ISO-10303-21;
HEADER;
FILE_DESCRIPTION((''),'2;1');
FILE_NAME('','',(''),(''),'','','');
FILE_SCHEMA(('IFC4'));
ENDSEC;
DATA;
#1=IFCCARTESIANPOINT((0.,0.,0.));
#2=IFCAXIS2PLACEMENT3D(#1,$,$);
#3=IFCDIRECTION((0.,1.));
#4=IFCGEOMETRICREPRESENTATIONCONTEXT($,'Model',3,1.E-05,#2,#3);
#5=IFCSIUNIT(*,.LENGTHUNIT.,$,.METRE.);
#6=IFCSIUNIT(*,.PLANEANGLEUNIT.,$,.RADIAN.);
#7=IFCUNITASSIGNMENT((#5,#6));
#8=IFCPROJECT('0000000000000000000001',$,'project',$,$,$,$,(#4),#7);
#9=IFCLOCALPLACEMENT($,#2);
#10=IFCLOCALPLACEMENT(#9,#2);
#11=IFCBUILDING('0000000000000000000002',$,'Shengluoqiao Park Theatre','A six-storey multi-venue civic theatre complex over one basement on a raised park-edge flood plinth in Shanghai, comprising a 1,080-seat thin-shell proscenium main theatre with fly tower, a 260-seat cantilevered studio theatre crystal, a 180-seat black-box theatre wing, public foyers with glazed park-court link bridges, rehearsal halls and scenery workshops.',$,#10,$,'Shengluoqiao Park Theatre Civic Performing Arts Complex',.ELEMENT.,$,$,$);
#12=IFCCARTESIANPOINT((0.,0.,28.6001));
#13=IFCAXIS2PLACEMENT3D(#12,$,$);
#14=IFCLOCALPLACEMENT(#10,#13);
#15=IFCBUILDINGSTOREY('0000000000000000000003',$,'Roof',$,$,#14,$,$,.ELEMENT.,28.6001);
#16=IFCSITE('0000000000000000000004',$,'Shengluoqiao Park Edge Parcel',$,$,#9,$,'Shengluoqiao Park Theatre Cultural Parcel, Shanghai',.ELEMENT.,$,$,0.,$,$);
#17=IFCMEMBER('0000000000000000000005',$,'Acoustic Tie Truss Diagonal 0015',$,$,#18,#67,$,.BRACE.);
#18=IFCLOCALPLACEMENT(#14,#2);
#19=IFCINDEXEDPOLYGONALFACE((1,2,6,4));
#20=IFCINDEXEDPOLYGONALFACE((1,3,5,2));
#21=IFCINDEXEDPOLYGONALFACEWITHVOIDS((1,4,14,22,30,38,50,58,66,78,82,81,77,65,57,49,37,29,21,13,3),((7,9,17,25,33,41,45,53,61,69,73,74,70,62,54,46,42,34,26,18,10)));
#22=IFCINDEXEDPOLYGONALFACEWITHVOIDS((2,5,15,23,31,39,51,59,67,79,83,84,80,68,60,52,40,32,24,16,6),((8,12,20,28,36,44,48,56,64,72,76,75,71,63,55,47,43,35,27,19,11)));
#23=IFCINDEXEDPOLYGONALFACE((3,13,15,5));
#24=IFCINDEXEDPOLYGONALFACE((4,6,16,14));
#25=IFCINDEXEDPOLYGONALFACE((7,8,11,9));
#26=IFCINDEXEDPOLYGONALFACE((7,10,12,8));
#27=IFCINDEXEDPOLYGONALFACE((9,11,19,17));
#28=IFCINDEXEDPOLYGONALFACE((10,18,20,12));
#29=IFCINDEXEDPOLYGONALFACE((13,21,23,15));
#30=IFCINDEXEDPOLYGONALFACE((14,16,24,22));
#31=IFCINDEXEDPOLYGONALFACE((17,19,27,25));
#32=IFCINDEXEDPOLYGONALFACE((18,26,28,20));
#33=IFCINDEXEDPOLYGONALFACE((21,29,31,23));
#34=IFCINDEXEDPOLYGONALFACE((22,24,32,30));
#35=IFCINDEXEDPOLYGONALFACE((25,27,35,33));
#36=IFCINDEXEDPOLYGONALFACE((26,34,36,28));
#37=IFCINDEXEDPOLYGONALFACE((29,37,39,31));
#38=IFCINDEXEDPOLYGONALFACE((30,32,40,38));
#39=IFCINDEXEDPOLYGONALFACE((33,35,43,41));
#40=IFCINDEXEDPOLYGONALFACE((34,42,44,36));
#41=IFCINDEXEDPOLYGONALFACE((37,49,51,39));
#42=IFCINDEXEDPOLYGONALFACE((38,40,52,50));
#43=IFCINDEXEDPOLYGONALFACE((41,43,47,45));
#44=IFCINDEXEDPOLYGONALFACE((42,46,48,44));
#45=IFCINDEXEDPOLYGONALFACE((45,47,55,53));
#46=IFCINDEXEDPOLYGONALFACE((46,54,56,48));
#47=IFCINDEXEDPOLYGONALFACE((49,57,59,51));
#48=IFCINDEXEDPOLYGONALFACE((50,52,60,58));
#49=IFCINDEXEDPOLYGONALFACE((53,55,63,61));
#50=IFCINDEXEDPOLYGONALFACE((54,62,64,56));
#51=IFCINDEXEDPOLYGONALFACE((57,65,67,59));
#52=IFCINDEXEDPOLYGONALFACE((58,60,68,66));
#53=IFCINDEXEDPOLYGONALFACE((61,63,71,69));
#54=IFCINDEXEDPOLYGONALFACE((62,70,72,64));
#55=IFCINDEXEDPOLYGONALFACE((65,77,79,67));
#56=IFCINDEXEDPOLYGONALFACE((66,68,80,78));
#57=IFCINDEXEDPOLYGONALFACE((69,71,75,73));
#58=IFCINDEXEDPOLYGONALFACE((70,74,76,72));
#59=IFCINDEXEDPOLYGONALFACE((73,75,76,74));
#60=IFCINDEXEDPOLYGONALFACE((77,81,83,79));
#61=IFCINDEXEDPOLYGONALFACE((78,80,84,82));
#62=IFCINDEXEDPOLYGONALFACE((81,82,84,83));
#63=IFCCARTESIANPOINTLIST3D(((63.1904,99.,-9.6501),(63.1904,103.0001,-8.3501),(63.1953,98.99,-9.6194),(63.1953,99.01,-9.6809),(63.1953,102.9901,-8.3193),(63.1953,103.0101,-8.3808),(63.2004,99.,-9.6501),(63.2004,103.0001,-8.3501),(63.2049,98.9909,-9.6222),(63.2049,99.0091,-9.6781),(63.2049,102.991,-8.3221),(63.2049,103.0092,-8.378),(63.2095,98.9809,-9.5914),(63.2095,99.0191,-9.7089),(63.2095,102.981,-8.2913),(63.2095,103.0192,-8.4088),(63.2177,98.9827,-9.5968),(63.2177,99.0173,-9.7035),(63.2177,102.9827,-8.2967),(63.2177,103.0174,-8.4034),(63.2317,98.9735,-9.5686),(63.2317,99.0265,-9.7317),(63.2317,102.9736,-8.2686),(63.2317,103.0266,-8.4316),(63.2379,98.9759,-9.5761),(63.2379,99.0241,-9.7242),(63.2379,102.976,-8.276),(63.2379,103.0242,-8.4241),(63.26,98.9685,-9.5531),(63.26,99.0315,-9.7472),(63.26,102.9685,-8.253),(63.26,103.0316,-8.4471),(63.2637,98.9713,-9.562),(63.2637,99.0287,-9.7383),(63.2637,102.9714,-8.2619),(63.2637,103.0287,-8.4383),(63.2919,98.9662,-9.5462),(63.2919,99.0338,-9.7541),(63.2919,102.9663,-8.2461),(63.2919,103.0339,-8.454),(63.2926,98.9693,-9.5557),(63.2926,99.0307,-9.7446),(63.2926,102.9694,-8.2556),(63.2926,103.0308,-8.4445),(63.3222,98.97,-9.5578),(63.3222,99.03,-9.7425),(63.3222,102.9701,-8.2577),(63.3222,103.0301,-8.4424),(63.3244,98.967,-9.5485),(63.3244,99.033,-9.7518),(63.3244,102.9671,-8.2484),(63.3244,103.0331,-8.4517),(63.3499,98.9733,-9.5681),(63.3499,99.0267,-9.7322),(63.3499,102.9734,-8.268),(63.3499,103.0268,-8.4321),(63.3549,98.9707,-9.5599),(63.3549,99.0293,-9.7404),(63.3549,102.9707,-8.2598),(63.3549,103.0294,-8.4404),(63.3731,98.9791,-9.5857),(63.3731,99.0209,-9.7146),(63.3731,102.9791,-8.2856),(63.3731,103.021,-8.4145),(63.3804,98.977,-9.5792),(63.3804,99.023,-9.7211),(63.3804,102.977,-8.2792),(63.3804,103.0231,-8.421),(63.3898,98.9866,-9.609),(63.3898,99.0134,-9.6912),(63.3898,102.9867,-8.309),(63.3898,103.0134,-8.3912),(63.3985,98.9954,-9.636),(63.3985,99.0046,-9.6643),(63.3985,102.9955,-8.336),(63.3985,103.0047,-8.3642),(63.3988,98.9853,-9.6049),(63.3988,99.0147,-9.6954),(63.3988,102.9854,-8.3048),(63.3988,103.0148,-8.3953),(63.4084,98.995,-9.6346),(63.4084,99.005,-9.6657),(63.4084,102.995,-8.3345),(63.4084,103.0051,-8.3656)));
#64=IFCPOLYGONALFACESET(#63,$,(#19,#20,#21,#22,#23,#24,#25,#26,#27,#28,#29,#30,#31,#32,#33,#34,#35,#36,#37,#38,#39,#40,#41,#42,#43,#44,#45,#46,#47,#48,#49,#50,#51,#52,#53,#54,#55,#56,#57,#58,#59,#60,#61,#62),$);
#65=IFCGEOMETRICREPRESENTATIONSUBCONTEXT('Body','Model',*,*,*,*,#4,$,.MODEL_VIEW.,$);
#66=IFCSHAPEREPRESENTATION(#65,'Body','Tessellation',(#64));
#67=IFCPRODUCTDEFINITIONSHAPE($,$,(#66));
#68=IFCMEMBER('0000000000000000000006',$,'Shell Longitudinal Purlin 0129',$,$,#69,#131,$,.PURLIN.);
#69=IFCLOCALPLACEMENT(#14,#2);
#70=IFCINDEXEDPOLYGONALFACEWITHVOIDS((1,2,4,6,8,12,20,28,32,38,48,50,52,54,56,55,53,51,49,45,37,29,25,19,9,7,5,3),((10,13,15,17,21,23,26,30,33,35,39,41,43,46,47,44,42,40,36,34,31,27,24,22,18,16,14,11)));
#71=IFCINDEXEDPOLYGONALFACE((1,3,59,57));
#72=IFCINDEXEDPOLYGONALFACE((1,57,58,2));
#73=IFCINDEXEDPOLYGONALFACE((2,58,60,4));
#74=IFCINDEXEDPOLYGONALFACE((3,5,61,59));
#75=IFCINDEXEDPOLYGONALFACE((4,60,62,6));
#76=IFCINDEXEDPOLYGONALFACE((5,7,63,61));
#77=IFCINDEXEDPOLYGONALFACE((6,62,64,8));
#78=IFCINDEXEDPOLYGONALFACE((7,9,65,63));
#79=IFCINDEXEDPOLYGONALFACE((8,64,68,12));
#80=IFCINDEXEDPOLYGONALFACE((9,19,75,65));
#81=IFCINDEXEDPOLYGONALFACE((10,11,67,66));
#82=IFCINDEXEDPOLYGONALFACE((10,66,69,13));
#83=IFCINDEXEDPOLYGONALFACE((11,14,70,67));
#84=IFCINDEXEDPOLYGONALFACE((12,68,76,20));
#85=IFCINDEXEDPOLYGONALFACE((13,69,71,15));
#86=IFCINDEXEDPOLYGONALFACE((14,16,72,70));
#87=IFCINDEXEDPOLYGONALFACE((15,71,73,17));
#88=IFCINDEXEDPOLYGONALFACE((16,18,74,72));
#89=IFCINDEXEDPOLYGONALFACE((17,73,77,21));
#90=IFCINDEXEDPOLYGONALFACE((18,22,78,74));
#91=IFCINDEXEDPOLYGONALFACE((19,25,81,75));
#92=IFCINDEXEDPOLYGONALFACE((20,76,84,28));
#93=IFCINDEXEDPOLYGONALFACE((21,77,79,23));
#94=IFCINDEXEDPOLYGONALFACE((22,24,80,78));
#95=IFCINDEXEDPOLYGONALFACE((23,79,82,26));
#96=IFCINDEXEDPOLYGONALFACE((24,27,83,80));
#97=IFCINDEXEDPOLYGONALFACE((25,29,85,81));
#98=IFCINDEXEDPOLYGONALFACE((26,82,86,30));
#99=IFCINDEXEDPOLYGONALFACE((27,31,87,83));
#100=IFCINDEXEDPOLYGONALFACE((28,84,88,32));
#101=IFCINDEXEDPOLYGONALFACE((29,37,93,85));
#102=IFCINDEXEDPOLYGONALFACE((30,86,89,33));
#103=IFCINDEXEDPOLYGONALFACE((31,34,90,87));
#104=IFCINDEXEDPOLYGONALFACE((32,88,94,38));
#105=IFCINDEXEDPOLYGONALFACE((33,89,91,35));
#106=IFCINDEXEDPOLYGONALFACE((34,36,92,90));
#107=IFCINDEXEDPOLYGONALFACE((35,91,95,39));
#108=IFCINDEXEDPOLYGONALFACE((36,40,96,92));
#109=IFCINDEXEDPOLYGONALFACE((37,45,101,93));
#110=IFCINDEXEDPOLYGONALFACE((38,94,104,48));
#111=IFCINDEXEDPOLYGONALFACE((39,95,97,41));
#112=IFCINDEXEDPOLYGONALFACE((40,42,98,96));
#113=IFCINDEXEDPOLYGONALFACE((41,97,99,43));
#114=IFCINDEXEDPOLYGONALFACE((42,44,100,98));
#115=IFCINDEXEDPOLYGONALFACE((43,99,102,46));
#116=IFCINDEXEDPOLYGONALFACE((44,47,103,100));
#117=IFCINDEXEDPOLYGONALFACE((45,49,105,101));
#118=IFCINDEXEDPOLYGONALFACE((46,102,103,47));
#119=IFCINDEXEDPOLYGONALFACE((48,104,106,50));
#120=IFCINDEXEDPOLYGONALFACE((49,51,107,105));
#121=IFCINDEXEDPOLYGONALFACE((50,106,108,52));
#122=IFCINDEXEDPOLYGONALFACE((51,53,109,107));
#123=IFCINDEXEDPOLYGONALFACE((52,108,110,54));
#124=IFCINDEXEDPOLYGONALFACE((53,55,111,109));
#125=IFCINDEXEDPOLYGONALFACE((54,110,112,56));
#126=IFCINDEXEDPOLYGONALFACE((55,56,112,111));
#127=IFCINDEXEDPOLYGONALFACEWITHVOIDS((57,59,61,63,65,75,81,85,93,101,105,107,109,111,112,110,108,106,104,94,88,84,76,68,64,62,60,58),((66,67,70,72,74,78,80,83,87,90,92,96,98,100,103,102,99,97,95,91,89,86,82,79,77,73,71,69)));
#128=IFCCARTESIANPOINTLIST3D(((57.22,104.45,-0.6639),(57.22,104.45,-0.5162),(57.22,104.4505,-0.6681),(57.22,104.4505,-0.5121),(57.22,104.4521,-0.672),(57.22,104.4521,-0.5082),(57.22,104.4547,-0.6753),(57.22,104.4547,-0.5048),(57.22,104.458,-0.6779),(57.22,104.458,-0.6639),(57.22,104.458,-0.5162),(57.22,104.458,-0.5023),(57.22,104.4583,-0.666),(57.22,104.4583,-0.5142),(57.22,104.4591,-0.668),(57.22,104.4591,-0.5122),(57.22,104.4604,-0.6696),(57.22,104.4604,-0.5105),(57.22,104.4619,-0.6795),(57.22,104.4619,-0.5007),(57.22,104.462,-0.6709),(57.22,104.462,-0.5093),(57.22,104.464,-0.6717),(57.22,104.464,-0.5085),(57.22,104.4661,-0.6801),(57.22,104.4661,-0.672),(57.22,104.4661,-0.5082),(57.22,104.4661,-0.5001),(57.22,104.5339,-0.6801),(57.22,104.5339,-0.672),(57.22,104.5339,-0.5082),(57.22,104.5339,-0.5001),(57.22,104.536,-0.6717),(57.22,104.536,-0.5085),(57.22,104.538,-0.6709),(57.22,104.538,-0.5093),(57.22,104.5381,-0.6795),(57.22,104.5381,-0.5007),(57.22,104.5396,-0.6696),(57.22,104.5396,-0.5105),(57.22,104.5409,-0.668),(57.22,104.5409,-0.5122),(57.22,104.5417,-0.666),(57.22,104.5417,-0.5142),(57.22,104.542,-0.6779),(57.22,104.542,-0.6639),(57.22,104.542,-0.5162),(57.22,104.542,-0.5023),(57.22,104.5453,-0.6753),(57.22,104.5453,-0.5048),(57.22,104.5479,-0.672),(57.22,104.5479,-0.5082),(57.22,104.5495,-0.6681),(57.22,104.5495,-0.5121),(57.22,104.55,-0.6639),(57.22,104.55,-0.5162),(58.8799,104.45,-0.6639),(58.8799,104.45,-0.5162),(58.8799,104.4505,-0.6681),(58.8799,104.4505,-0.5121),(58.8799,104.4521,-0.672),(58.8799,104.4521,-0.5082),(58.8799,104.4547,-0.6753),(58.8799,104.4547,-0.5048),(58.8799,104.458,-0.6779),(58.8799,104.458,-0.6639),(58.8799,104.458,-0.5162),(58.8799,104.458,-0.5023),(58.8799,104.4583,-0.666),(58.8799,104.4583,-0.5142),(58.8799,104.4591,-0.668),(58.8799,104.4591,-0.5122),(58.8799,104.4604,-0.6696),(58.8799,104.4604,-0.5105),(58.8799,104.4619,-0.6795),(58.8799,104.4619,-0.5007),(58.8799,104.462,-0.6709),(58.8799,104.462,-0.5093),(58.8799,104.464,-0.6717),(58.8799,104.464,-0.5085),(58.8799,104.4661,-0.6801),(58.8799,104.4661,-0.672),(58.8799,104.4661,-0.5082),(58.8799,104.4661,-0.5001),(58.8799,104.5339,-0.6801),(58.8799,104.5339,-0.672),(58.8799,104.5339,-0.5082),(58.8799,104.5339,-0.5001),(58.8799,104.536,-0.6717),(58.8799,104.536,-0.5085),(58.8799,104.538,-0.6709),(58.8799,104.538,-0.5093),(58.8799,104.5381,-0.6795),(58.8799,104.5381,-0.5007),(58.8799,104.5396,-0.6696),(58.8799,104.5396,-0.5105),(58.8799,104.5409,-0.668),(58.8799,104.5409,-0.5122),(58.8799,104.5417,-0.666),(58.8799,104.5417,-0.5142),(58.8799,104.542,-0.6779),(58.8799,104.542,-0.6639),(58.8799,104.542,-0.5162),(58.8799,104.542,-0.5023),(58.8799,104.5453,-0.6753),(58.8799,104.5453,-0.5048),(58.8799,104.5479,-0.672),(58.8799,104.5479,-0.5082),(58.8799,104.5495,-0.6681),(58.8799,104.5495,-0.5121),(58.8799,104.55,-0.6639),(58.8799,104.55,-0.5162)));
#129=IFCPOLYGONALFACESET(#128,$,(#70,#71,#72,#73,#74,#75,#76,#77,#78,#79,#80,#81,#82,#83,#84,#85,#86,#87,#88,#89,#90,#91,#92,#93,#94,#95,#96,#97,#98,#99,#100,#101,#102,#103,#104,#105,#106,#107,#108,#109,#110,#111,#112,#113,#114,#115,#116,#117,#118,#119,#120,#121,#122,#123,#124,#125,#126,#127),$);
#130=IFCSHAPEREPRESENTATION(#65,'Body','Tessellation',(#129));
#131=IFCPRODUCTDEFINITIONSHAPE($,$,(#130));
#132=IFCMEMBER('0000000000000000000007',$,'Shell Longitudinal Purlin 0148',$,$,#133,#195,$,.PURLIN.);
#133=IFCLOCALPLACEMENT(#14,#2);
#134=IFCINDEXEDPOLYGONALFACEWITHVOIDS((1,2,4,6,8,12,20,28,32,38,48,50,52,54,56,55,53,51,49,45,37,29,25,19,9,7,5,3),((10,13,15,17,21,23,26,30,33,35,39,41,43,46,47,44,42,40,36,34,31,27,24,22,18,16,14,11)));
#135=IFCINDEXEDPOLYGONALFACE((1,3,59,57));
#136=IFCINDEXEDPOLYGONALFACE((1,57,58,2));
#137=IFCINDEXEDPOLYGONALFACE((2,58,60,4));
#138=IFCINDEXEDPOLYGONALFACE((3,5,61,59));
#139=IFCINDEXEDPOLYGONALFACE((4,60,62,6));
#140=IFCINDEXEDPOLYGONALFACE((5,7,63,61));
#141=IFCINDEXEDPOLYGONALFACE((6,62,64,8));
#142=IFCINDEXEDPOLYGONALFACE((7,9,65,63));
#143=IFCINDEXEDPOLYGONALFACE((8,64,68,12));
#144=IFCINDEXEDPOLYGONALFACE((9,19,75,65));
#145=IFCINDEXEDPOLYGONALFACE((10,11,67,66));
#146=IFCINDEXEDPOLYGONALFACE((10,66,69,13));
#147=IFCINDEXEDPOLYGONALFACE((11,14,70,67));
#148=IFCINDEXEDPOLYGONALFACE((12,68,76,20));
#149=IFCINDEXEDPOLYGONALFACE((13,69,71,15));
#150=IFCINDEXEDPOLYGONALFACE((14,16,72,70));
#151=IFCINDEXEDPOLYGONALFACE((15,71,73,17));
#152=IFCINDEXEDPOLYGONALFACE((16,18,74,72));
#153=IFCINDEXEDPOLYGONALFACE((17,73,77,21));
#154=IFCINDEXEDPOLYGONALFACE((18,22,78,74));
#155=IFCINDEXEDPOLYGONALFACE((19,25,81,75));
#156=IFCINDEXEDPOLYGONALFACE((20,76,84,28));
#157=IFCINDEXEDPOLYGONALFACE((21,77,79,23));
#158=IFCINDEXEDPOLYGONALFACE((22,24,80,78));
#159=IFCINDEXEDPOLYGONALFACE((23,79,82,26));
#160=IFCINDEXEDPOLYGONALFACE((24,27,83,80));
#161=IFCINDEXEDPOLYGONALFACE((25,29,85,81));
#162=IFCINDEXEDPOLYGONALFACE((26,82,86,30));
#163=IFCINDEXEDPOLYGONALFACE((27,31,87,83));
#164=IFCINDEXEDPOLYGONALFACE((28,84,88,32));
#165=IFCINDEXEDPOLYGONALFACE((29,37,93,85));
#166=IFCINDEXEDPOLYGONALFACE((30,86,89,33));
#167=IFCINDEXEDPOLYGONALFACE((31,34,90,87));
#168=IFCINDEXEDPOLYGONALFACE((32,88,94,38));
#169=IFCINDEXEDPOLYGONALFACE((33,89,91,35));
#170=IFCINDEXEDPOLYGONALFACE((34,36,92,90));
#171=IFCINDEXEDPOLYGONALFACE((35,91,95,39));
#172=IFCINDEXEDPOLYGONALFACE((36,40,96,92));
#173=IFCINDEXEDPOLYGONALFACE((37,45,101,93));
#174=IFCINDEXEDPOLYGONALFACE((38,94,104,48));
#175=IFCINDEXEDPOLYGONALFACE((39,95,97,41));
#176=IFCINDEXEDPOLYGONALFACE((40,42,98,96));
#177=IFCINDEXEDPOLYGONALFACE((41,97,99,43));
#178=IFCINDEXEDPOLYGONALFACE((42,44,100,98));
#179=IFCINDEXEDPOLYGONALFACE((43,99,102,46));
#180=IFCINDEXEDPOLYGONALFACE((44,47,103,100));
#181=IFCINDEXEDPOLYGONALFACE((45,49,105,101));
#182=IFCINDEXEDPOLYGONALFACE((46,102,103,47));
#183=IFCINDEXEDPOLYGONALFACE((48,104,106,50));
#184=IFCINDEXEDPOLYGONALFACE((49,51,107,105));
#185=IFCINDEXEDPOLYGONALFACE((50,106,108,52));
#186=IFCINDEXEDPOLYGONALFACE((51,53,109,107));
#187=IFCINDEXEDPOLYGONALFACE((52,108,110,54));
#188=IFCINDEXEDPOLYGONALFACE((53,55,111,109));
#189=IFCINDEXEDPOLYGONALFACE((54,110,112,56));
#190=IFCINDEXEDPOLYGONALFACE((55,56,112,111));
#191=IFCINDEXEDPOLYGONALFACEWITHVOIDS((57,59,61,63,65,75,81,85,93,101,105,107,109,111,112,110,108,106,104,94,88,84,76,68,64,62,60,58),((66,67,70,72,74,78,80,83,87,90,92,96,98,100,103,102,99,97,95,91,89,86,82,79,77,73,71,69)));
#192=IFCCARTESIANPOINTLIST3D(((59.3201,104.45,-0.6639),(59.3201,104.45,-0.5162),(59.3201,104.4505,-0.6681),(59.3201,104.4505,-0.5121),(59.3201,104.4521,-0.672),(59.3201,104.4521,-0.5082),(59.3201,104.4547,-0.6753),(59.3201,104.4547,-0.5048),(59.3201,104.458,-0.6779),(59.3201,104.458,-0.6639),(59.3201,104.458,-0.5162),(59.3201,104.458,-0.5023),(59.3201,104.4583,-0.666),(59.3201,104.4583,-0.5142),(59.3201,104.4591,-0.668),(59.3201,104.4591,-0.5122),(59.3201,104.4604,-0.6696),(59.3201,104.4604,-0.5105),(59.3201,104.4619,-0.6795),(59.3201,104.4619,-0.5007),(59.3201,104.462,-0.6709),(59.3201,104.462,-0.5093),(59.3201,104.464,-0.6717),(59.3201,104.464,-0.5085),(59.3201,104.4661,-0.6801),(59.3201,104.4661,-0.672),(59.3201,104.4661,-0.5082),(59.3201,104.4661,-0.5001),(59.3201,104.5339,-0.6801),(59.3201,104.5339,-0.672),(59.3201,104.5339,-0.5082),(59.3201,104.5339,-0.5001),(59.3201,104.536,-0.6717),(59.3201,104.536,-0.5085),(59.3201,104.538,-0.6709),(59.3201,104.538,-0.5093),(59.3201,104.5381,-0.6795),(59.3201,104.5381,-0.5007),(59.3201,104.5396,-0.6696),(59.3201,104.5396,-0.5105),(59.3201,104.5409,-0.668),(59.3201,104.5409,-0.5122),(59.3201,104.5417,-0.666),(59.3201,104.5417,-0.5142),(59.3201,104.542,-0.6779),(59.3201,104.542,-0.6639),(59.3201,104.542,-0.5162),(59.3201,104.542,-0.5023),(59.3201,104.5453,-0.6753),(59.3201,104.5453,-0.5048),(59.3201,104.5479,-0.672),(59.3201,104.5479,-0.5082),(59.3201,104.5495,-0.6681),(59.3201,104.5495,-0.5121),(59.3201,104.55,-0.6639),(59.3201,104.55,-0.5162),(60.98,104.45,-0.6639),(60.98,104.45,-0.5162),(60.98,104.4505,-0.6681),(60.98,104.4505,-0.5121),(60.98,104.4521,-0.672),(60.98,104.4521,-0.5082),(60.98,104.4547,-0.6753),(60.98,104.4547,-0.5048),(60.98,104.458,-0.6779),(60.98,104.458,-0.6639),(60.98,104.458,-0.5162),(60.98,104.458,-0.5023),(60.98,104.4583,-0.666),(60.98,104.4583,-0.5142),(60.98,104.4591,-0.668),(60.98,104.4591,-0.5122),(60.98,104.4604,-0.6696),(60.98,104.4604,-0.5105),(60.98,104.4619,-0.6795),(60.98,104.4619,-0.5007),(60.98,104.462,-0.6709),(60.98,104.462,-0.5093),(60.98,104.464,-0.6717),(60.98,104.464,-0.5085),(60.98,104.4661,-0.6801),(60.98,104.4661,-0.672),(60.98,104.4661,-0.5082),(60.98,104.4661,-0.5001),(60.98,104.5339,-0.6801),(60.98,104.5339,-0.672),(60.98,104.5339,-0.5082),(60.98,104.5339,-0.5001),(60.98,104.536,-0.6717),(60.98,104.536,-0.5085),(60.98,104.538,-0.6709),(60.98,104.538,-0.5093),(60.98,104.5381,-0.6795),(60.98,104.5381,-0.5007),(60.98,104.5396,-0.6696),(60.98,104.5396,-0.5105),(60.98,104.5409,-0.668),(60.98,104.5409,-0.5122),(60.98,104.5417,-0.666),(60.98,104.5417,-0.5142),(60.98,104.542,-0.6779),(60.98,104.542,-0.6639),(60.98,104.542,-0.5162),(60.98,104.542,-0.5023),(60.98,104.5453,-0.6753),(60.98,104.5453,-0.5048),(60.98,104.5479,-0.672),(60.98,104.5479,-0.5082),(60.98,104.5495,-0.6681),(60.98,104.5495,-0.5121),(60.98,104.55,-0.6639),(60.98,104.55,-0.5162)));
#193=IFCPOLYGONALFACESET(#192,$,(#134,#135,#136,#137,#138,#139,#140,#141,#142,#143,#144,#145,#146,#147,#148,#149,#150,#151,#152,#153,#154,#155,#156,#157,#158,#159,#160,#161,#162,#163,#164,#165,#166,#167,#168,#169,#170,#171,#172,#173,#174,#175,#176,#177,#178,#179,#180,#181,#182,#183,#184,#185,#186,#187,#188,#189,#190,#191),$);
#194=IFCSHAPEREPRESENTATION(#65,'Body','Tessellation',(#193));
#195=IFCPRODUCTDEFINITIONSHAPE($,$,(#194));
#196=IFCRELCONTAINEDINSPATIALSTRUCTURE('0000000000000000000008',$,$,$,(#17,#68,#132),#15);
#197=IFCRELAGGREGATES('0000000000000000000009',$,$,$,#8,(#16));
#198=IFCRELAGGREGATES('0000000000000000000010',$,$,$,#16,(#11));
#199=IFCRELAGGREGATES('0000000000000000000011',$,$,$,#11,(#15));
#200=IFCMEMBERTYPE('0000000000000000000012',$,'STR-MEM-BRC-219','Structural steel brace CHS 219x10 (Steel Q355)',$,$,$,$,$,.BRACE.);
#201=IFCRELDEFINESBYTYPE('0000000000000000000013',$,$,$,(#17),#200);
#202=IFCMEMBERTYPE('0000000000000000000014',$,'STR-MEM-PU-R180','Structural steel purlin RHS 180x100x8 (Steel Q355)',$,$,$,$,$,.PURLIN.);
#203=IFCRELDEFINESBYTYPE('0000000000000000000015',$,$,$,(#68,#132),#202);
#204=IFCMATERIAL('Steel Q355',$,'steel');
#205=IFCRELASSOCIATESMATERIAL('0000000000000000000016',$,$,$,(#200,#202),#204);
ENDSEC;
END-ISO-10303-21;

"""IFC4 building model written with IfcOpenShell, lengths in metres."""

from ifc_helpers import new_model, si_unit, direction, frame, origin, origin_2d, place, context, subcontext, project, spatial, hollow_rectangle, hollow_circle, extrude, material, material_profile, profile_set, type_object, element, save


model = new_model("IFC4")

# Units and contexts
model_context = context("Model", 3, precision=1e-05, world=origin(), true_north=direction((0.0, 1.0)))
body_context = subcontext(model_context, "Body", "Model", "MODEL_VIEW")
ifc_project = project(units=[si_unit("LENGTHUNIT", "METRE"), si_unit("PLANEANGLEUNIT", "RADIAN")], contexts=[model_context])

# Site, building, storey
site_placement = place(None, origin())
site = spatial("IfcSite", under=ifc_project, at=site_placement, Name="Shengluoqiao Park Edge Parcel", LongName="Shengluoqiao Park Theatre Cultural Parcel, Shanghai", CompositionType="ELEMENT", RefElevation=0.0)
building_placement = place(site_placement, origin())
building = spatial("IfcBuilding", under=site, at=building_placement, Name="Shengluoqiao Park Theatre", Description="A six-storey multi-venue civic theatre complex over one basement on a raised park-edge flood plinth in Shanghai, comprising a 1,080-seat thin-shell proscenium main theatre with fly tower, a 260-seat cantilevered studio theatre crystal, a 180-seat black-box theatre wing, public foyers with glazed park-court link bridges, rehearsal halls and scenery workshops.", LongName="Shengluoqiao Park Theatre Civic Performing Arts Complex", CompositionType="ELEMENT")
storey_placement = place(building_placement, frame((0.0, 0.0, 28.6001)))
storey = spatial("IfcBuildingStorey", under=building, at=storey_placement, Name="Roof", CompositionType="ELEMENT", Elevation=28.6001)

# Shared definitions
ifc_material_1 = material(Name="Steel Q355", Category="steel")

# Members
ifc_material_profile_1 = material_profile(ifc_material_1, hollow_circle(Radius=0.1096, WallThickness=0.01, at=origin_2d()), Name="CHS 219x10")
ifc_profile_set_1 = profile_set([ifc_material_profile_1], Name="Steel Q355")
member_type_1 = type_object("IfcMemberType", Name="STR-MEM-BRC-219", Description="Structural steel brace CHS 219x10 (Steel Q355)", PredefinedType="BRACE", material=ifc_profile_set_1)
for number, where, z_axis, x_axis, name in (
    (1, (63.3, 99.0, -9.6501), (0.0, 0.951031, 0.309097), (-1.0, 0.0, 0.0), "Acoustic Tie Truss Diagonal 0015"),
):
    element("IfcMember", number, at=place(storey_placement, frame(where, z_axis=z_axis, x_axis=x_axis)), inside=storey, type_object=member_type_1, Name=name, PredefinedType="BRACE", context=body_context, shape_type="SweptSolid", body=[
        extrude(hollow_circle(Radius=0.1096, WallThickness=0.01, at=origin_2d()), origin(), (0.0, 0.0, 1.0), 4.2061),
    ])
ifc_material_profile_2 = material_profile(ifc_material_1, hollow_rectangle(XDim=0.1001, YDim=0.1799, WallThickness=0.0081, InnerFilletRadius=0.0081, OuterFilletRadius=0.0161, at=origin_2d()), Name="RHS 180x100x8")
ifc_profile_set_2 = profile_set([ifc_material_profile_2], Name="Steel Q355")
member_type_2 = type_object("IfcMemberType", Name="STR-MEM-PU-R180", Description="Structural steel purlin RHS 180x100x8 (Steel Q355)", PredefinedType="PURLIN", material=ifc_profile_set_2)
for number, where, z_axis, x_axis, name in (
    (2, (57.22, 104.5, -0.5901), (1.0, 0.0, 0.0), (0.0, 1.0, 0.0), "Shell Longitudinal Purlin 0129"),
    (3, (59.3201, 104.5, -0.5901), (1.0, 0.0, 0.0), (0.0, 1.0, 0.0), "Shell Longitudinal Purlin 0148"),
):
    element("IfcMember", number, at=place(storey_placement, frame(where, z_axis=z_axis, x_axis=x_axis)), inside=storey, type_object=member_type_2, Name=name, PredefinedType="PURLIN", context=body_context, shape_type="SweptSolid", body=[
        extrude(hollow_rectangle(XDim=0.1001, YDim=0.1799, WallThickness=0.0081, InnerFilletRadius=0.0081, OuterFilletRadius=0.0161, at=origin_2d()), origin(), (0.0, 0.0, 1.0), 1.6599),
    ])

save(model, "model.ifc")
